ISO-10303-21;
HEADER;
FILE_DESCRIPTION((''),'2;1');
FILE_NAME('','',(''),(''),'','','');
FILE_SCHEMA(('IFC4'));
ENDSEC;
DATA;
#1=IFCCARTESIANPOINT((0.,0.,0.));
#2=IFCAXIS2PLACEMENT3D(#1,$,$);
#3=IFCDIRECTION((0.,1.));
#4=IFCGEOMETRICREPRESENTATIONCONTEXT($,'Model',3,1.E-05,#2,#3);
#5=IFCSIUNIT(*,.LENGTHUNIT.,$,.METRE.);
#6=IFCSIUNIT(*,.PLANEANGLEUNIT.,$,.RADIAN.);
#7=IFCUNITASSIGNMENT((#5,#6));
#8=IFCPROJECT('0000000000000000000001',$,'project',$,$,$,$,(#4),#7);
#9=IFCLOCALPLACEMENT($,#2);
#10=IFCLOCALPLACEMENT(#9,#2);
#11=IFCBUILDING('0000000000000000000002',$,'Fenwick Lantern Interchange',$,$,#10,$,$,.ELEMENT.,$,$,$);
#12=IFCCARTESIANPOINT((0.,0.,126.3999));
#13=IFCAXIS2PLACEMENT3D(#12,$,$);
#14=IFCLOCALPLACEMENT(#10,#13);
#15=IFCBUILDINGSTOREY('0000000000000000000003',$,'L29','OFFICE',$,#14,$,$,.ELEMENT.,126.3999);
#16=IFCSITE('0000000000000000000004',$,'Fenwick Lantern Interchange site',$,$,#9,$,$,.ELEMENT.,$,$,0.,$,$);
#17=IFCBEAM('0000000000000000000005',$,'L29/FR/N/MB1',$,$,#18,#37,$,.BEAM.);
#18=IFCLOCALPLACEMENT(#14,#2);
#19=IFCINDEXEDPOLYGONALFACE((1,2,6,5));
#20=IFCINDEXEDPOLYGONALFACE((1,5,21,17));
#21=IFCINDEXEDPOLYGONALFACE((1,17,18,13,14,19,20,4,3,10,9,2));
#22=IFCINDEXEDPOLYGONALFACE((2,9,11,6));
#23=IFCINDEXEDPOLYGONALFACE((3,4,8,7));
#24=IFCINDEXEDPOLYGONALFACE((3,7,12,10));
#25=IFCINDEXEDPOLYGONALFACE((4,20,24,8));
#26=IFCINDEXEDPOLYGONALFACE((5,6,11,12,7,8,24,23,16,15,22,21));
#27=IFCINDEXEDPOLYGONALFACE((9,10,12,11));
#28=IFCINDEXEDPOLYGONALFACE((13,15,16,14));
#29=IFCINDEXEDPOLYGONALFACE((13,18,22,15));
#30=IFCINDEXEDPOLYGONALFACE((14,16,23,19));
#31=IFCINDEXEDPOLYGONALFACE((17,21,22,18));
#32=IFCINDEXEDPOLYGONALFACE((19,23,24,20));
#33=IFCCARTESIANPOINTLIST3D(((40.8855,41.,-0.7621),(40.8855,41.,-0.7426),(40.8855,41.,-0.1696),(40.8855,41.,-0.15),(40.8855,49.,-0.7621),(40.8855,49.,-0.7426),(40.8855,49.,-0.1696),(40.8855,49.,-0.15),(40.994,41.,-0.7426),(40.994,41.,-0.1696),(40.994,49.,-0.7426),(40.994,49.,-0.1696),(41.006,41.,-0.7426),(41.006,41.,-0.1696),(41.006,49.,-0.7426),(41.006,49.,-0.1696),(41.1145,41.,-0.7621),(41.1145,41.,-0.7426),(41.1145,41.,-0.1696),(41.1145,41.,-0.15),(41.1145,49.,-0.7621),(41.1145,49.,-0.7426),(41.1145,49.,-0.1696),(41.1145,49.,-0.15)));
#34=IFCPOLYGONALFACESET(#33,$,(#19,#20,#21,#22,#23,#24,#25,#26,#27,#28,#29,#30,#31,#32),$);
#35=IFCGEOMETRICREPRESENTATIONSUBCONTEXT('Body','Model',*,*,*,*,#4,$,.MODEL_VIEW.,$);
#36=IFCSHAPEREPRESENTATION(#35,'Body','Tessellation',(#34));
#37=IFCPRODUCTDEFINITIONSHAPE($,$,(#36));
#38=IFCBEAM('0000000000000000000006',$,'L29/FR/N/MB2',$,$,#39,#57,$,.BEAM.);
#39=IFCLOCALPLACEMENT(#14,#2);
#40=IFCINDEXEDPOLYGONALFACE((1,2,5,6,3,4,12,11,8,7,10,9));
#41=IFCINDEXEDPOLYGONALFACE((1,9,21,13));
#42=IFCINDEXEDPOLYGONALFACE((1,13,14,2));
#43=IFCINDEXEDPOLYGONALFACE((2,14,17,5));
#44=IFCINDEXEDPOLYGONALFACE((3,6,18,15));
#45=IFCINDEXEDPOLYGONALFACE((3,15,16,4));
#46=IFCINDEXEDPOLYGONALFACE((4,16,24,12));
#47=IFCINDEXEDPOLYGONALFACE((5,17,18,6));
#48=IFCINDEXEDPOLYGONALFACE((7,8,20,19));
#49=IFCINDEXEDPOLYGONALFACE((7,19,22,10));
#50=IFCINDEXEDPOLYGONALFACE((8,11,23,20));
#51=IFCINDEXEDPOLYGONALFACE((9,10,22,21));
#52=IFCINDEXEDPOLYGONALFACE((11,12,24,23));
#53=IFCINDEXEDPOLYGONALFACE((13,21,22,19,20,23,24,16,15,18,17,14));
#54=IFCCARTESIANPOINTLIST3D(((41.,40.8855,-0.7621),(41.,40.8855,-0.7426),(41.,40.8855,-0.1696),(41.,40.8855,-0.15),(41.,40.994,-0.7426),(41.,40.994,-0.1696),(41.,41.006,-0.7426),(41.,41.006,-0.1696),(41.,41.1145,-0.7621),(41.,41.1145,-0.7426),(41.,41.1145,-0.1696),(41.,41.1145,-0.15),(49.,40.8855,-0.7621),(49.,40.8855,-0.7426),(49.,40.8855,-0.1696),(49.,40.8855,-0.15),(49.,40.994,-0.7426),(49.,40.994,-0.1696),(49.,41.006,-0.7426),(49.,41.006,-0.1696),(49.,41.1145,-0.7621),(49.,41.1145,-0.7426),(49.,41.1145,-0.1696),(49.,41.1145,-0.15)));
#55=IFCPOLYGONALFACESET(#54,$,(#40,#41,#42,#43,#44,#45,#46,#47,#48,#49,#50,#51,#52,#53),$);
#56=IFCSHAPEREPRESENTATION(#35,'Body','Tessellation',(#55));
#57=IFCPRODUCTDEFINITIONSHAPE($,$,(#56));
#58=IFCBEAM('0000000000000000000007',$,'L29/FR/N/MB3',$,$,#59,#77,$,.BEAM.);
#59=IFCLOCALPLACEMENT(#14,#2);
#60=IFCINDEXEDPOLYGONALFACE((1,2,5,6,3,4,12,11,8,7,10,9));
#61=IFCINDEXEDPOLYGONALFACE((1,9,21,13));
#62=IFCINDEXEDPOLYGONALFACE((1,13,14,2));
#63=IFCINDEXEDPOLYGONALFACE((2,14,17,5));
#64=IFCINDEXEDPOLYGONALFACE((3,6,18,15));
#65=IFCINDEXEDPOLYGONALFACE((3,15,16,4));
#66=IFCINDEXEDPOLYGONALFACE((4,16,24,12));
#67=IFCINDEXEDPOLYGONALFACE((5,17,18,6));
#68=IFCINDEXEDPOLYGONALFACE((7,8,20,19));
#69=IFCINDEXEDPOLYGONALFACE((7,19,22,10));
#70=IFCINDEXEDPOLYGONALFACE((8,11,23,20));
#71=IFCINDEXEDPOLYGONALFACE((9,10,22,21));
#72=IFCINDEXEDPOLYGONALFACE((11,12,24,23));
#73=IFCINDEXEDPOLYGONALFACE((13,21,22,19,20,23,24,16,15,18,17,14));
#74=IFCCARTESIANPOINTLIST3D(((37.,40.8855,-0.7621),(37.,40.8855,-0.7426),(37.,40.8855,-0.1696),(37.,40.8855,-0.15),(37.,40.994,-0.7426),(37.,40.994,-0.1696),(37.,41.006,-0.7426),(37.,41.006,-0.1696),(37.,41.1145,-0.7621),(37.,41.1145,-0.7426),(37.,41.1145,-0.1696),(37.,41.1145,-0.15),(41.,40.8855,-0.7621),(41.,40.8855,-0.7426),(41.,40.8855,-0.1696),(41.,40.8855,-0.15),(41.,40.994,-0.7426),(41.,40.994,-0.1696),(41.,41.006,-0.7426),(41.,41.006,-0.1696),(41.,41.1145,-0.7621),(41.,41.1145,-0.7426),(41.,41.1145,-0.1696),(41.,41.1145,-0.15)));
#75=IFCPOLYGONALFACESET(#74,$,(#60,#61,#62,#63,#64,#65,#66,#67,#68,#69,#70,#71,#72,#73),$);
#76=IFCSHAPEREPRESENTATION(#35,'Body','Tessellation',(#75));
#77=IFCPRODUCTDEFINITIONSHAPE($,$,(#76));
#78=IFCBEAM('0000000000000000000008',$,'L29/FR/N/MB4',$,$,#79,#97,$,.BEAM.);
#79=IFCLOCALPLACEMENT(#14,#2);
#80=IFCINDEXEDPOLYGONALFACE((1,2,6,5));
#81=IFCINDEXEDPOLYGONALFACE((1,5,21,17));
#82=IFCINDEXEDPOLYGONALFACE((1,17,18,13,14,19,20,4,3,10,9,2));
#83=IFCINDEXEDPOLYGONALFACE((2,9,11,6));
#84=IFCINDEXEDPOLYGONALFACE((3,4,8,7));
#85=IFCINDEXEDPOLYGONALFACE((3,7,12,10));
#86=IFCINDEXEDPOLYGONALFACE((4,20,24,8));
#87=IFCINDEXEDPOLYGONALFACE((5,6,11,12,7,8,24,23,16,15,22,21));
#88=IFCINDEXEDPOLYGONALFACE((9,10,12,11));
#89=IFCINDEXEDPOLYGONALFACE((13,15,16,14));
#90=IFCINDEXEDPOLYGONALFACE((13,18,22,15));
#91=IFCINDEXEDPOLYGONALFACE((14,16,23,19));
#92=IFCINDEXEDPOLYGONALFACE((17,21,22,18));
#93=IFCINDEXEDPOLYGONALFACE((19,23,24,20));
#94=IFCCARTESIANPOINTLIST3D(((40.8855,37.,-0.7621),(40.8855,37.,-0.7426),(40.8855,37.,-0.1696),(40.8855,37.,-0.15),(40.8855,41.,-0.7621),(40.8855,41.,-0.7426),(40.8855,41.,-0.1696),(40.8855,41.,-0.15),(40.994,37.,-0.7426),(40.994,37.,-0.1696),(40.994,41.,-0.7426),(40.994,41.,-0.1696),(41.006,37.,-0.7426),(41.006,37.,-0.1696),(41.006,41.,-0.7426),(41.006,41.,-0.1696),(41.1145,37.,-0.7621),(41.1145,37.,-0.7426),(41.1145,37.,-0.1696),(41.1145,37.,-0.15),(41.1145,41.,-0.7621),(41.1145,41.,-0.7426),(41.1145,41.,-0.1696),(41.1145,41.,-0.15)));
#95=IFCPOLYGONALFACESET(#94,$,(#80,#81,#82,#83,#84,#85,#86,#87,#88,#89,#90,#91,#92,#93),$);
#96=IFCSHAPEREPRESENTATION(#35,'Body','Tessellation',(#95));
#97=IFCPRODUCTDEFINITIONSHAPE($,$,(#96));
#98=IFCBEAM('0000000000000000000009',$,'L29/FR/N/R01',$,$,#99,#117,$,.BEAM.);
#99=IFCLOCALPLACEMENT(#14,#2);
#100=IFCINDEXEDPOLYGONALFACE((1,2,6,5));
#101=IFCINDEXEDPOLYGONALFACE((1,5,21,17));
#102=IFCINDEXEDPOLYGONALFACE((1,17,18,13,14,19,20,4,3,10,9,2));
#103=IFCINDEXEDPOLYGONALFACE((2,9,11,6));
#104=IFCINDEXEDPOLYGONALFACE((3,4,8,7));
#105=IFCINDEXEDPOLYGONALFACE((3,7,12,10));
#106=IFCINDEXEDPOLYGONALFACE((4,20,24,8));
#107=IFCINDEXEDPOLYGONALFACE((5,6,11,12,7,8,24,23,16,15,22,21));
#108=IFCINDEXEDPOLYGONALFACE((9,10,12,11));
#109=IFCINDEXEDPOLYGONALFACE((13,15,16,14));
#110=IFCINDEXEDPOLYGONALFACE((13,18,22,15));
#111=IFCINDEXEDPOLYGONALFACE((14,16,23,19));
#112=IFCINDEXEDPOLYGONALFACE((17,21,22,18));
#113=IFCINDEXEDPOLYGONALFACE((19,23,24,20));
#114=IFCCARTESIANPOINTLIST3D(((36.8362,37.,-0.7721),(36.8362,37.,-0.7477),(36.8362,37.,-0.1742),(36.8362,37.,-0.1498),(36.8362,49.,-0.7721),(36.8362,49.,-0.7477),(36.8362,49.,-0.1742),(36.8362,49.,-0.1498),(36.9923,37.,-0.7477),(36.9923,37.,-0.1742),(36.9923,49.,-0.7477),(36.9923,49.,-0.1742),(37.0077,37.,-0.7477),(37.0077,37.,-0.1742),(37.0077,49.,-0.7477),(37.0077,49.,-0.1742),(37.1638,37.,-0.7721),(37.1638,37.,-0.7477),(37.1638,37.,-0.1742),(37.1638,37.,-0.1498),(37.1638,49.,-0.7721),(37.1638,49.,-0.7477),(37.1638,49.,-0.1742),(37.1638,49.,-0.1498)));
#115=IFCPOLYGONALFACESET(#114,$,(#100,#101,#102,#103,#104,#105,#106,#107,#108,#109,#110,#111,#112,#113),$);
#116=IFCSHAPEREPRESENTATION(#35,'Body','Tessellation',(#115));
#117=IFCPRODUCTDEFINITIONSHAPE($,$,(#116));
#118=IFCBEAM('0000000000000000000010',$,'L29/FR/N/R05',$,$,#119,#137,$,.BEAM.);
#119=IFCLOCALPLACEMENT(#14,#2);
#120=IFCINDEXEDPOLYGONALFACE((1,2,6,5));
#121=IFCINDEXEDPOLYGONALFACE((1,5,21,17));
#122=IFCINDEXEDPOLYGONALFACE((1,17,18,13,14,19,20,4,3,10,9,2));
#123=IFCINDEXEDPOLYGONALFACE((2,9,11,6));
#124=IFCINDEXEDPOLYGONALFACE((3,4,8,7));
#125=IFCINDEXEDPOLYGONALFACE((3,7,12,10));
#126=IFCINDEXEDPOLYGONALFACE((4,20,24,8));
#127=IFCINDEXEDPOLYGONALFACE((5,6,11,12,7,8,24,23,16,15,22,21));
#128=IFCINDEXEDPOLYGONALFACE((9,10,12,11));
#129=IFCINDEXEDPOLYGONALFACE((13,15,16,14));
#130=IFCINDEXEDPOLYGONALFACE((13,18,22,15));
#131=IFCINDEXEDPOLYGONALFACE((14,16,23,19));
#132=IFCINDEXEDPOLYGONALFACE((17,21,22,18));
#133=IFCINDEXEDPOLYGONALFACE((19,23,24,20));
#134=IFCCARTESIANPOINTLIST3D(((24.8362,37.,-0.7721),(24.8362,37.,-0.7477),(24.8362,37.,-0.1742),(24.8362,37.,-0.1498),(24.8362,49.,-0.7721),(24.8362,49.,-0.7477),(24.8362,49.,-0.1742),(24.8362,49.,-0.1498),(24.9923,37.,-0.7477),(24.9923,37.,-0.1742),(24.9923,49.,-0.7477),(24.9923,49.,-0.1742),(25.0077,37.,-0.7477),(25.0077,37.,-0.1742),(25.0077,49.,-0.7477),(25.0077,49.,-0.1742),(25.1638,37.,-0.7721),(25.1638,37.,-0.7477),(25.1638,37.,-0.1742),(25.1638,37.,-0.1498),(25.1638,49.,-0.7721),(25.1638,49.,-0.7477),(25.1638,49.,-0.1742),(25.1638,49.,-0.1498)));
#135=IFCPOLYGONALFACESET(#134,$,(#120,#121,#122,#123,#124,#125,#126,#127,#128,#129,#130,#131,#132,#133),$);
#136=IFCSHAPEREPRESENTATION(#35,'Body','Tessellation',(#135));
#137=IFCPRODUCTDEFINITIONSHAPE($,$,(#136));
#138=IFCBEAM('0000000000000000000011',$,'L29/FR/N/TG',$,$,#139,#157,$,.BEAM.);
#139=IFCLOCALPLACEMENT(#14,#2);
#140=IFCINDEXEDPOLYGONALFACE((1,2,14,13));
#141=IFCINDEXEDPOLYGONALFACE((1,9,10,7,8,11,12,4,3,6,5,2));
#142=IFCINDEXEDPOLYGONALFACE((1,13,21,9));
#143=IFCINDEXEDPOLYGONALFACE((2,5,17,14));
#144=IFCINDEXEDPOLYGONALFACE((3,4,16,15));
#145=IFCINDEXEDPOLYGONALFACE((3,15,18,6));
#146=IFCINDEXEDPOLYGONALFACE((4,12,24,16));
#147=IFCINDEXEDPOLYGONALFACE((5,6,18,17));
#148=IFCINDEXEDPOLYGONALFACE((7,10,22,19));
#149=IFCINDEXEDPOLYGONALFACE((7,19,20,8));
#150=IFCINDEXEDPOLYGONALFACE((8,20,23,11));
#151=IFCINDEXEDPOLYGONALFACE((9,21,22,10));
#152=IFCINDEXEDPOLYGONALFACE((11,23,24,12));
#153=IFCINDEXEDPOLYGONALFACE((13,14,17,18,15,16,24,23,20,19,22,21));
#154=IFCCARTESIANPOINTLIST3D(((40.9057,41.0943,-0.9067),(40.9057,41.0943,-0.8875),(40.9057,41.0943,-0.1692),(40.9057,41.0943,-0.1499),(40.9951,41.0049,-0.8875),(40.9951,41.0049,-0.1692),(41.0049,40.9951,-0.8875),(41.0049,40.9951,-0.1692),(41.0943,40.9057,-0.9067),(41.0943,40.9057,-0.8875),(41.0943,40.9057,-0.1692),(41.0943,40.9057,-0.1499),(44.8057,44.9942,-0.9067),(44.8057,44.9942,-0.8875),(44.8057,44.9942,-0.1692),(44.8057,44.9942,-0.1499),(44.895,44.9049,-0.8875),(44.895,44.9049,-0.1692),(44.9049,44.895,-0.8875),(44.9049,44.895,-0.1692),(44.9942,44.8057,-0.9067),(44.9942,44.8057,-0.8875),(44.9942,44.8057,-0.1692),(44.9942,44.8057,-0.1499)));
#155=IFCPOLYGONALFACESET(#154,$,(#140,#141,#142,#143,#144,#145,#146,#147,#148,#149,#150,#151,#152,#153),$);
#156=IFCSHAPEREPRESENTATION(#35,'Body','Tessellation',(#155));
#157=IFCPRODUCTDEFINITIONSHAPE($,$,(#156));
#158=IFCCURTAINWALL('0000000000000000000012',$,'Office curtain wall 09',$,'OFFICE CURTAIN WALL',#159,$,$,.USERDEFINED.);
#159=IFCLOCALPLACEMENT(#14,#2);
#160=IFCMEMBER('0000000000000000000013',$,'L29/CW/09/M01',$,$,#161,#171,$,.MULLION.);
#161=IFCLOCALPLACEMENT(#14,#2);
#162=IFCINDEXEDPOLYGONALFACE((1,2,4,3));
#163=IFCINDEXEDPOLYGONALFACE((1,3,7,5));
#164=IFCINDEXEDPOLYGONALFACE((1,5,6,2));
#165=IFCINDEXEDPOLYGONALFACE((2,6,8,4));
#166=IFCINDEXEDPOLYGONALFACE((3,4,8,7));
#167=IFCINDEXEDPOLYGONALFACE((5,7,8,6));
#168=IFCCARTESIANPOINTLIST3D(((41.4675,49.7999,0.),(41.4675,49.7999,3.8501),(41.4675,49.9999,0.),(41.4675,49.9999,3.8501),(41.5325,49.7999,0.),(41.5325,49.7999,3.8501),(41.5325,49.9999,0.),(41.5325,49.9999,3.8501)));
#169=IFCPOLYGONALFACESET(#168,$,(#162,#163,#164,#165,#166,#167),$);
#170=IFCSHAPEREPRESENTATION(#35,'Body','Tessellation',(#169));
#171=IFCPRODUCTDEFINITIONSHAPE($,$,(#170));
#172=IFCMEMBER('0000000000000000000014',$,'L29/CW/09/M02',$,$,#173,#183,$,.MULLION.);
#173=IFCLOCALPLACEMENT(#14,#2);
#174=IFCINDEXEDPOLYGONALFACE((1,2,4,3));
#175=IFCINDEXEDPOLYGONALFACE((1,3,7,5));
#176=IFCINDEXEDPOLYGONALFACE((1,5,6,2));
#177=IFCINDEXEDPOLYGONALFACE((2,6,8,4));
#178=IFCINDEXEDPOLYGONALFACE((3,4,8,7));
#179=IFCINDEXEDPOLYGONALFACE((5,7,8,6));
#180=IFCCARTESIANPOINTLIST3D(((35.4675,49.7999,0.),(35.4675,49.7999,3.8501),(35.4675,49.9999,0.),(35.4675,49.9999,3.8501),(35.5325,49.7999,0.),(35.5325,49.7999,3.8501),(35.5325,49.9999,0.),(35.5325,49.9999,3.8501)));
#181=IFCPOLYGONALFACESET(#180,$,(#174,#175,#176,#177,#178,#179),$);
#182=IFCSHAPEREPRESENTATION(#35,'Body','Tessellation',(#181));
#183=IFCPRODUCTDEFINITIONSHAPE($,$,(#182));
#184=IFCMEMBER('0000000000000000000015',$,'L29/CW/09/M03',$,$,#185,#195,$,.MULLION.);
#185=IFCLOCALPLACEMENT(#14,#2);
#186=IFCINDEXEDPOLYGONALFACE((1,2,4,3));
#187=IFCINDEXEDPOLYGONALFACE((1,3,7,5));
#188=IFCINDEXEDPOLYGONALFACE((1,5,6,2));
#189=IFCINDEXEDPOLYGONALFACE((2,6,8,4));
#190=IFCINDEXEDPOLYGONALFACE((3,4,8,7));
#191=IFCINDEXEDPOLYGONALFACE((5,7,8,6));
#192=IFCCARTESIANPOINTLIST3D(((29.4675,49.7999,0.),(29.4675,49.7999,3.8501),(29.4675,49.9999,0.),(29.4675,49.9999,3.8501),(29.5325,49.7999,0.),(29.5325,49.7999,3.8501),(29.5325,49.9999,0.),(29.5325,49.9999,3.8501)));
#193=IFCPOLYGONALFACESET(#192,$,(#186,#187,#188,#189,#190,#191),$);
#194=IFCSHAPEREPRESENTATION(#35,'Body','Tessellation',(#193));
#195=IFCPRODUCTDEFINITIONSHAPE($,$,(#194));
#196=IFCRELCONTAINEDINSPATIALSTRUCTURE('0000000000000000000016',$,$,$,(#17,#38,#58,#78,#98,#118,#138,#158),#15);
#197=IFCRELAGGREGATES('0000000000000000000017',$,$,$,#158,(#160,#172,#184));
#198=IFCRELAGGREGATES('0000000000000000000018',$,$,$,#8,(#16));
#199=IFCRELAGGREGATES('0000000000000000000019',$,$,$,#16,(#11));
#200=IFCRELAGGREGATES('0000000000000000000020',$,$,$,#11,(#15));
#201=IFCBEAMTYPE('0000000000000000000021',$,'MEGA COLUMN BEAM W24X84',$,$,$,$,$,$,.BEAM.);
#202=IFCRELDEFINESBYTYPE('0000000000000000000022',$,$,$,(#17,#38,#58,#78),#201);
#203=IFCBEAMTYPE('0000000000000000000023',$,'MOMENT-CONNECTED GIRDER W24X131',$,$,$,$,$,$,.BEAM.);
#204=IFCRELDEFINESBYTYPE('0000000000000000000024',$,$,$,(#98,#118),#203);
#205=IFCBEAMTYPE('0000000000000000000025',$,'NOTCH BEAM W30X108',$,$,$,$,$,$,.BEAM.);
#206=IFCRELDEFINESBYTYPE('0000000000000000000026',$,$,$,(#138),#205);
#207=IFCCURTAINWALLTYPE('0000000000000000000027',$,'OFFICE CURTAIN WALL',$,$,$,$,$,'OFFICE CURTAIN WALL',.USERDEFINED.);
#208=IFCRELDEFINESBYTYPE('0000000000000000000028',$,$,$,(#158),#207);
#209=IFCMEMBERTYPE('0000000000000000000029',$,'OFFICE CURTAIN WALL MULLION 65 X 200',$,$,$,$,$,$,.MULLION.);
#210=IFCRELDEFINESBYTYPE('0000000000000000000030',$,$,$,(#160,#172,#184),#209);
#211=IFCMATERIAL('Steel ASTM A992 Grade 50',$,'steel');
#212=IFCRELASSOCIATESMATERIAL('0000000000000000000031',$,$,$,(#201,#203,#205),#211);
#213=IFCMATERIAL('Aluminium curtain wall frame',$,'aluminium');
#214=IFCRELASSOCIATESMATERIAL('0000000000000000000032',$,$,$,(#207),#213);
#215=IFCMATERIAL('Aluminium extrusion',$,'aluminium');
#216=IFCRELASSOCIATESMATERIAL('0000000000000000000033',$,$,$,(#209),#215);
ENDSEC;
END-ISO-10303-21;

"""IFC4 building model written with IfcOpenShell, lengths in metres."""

from ifc_helpers import new_model, si_unit, direction, frame, origin, origin_2d, place, context, subcontext, project, spatial, rectangle, i_section, extrude, material, material_profile, profile_set, type_object, element, aggregate, save


model = new_model("IFC4")

# Units and contexts
model_context = context("Model", 3, precision=1e-05, world=origin(), true_north=direction((0.0, 1.0)))
body_context = subcontext(model_context, "Body", "Model", "MODEL_VIEW")
ifc_project = project(units=[si_unit("LENGTHUNIT", "METRE"), si_unit("PLANEANGLEUNIT", "RADIAN")], contexts=[model_context])

# Site, building, storey
site_placement = place(None, origin())
site = spatial("IfcSite", under=ifc_project, at=site_placement, Name="Fenwick Lantern Interchange site", CompositionType="ELEMENT", RefElevation=0.0)
building_placement = place(site_placement, origin())
building = spatial("IfcBuilding", under=site, at=building_placement, Name="Fenwick Lantern Interchange", CompositionType="ELEMENT")
storey_placement = place(building_placement, frame((0.0, 0.0, 126.3999)))
storey = spatial("IfcBuildingStorey", under=building, at=storey_placement, Name="L29", Description="OFFICE", CompositionType="ELEMENT", Elevation=126.3999)

# Beams
ifc_material_1 = material(Name="Steel ASTM A992 Grade 50", Category="steel")
ifc_material_profile_1 = material_profile(ifc_material_1, i_section(OverallWidth=0.229, OverallDepth=0.6121, WebThickness=0.012, FlangeThickness=0.0195, at=origin_2d()), Name="W24X84")
ifc_profile_set_1 = profile_set([ifc_material_profile_1], Name="Steel ASTM A992 Grade 50")
beam_type_1 = type_object("IfcBeamType", Name="MEGA COLUMN BEAM W24X84", PredefinedType="BEAM", material=ifc_profile_set_1)
for number, where, z_axis, x_axis, name in (
    (1, (41.0, 41.0, -0.4561), (0.0, 1.0, 0.0), (-1.0, 0.0, 0.0), "L29/FR/N/MB1"),
    (2, (41.0, 41.0, -0.4561), (1.0, 0.0, 0.0), (0.0, 1.0, 0.0), "L29/FR/N/MB2"),
):
    element("IfcBeam", number, at=place(storey_placement, frame(where, z_axis=z_axis, x_axis=x_axis)), inside=storey, type_object=beam_type_1, Name=name, PredefinedType="BEAM", context=body_context, shape_type="SweptSolid", body=[
        extrude(i_section(OverallWidth=0.229, OverallDepth=0.6121, WebThickness=0.012, FlangeThickness=0.0195, at=origin_2d()), origin(), (0.0, 0.0, 1.0), 8.0),
    ])
for number, where, z_axis, x_axis, name in (
    (3, (41.0, 41.0, -0.4561), (-1.0, 0.0, 0.0), (0.0, -1.0, 0.0), "L29/FR/N/MB3"),
    (4, (41.0, 41.0, -0.4561), (0.0, -1.0, 0.0), (1.0, 0.0, 0.0), "L29/FR/N/MB4"),
):
    element("IfcBeam", number, at=place(storey_placement, frame(where, z_axis=z_axis, x_axis=x_axis)), inside=storey, type_object=beam_type_1, Name=name, PredefinedType="BEAM", context=body_context, shape_type="SweptSolid", body=[
        extrude(i_section(OverallWidth=0.229, OverallDepth=0.6121, WebThickness=0.012, FlangeThickness=0.0195, at=origin_2d()), origin(), (0.0, 0.0, 1.0), 4.0),
    ])
ifc_material_profile_2 = material_profile(ifc_material_1, i_section(OverallWidth=0.3276, OverallDepth=0.6223, WebThickness=0.0154, FlangeThickness=0.0244, at=origin_2d()), Name="W24X131")
ifc_profile_set_2 = profile_set([ifc_material_profile_2], Name="Steel ASTM A992 Grade 50")
beam_type_2 = type_object("IfcBeamType", Name="MOMENT-CONNECTED GIRDER W24X131", PredefinedType="BEAM", material=ifc_profile_set_2)
for number, where, z_axis, x_axis, name in (
    (5, (37.0, 49.0, -0.4609), (0.0, -1.0, 0.0), (1.0, 0.0, 0.0), "L29/FR/N/R01"),
    (6, (25.0, 49.0, -0.4609), (0.0, -1.0, 0.0), (1.0, 0.0, 0.0), "L29/FR/N/R05"),
):
    element("IfcBeam", number, at=place(storey_placement, frame(where, z_axis=z_axis, x_axis=x_axis)), inside=storey, type_object=beam_type_2, Name=name, PredefinedType="BEAM", context=body_context, shape_type="SweptSolid", body=[
        extrude(i_section(OverallWidth=0.3276, OverallDepth=0.6223, WebThickness=0.0154, FlangeThickness=0.0244, at=origin_2d()), origin(), (0.0, 0.0, 1.0), 12.0),
    ])
ifc_material_profile_3 = material_profile(ifc_material_1, i_section(OverallWidth=0.2666, OverallDepth=0.7568, WebThickness=0.0139, FlangeThickness=0.0193, at=origin_2d()), Name="W30X108")
ifc_profile_set_3 = profile_set([ifc_material_profile_3], Name="Steel ASTM A992 Grade 50")
beam_type_3 = type_object("IfcBeamType", Name="NOTCH BEAM W30X108", PredefinedType="BEAM", material=ifc_profile_set_3)
beam_1_placement = place(storey_placement, frame((41.0, 41.0, -0.5283), z_axis=(0.707107, 0.707107, 0.0), x_axis=(-0.707107, 0.707107, 0.0)))
element("IfcBeam", 7, at=beam_1_placement, inside=storey, type_object=beam_type_3, Name="L29/FR/N/TG", PredefinedType="BEAM", context=body_context, shape_type="SweptSolid", body=[
    extrude(i_section(OverallWidth=0.2666, OverallDepth=0.7568, WebThickness=0.0139, FlangeThickness=0.0193, at=origin_2d()), origin(), (0.0, 0.0, 1.0), 5.5154),
])

# Curtain wall, members
ifc_material_2 = material(Name="Aluminium curtain wall frame", Category="aluminium")
curtain_wall_type = type_object("IfcCurtainWallType", Name="OFFICE CURTAIN WALL", ElementType="OFFICE CURTAIN WALL", PredefinedType="USERDEFINED", material=ifc_material_2)
curtain_wall_placement = place(storey_placement, origin())
curtain_wall = element("IfcCurtainWall", 8, at=curtain_wall_placement, inside=storey, type_object=curtain_wall_type, Name="Office curtain wall 09", ObjectType="OFFICE CURTAIN WALL", PredefinedType="USERDEFINED")
ifc_material_3 = material(Name="Aluminium extrusion", Category="aluminium")
ifc_material_profile_4 = material_profile(ifc_material_3, rectangle(XDim=0.2, YDim=0.0649, at=origin_2d()), Name="OFFICE CURTAIN WALL MULLION 65 X 200")
ifc_profile_set_4 = profile_set([ifc_material_profile_4], Name="Aluminium extrusion")
member_type_1 = type_object("IfcMemberType", Name="OFFICE CURTAIN WALL MULLION 65 X 200", PredefinedType="MULLION", material=ifc_profile_set_4)
member_1_placement = place(storey_placement, frame((41.5, 49.8999, 0.0), z_axis=(0.0, 0.0, 1.0), x_axis=(0.0, -1.0, 0.0)))
member_1 = element("IfcMember", 9, at=member_1_placement, type_object=member_type_1, Name="L29/CW/09/M01", PredefinedType="MULLION", context=body_context, shape_type="SweptSolid", body=[
    extrude(rectangle(XDim=0.2, YDim=0.0649, at=origin_2d()), origin(), (0.0, 0.0, 1.0), 3.8501),
])
member_2_placement = place(storey_placement, frame((35.5, 49.8999, 0.0), z_axis=(0.0, 0.0, 1.0), x_axis=(0.0, -1.0, 0.0)))
member_2 = element("IfcMember", 10, at=member_2_placement, type_object=member_type_1, Name="L29/CW/09/M02", PredefinedType="MULLION", context=body_context, shape_type="SweptSolid", body=[
    extrude(rectangle(XDim=0.2, YDim=0.0649, at=origin_2d()), origin(), (0.0, 0.0, 1.0), 3.8501),
])
member_3_placement = place(storey_placement, frame((29.5, 49.8999, 0.0), z_axis=(0.0, 0.0, 1.0), x_axis=(0.0, -1.0, 0.0)))
member_3 = element("IfcMember", 11, at=member_3_placement, type_object=member_type_1, Name="L29/CW/09/M03", PredefinedType="MULLION", context=body_context, shape_type="SweptSolid", body=[
    extrude(rectangle(XDim=0.2, YDim=0.0649, at=origin_2d()), origin(), (0.0, 0.0, 1.0), 3.8501),
])
aggregate(curtain_wall, [member_1, member_2, member_3])

save(model, "model.ifc")
